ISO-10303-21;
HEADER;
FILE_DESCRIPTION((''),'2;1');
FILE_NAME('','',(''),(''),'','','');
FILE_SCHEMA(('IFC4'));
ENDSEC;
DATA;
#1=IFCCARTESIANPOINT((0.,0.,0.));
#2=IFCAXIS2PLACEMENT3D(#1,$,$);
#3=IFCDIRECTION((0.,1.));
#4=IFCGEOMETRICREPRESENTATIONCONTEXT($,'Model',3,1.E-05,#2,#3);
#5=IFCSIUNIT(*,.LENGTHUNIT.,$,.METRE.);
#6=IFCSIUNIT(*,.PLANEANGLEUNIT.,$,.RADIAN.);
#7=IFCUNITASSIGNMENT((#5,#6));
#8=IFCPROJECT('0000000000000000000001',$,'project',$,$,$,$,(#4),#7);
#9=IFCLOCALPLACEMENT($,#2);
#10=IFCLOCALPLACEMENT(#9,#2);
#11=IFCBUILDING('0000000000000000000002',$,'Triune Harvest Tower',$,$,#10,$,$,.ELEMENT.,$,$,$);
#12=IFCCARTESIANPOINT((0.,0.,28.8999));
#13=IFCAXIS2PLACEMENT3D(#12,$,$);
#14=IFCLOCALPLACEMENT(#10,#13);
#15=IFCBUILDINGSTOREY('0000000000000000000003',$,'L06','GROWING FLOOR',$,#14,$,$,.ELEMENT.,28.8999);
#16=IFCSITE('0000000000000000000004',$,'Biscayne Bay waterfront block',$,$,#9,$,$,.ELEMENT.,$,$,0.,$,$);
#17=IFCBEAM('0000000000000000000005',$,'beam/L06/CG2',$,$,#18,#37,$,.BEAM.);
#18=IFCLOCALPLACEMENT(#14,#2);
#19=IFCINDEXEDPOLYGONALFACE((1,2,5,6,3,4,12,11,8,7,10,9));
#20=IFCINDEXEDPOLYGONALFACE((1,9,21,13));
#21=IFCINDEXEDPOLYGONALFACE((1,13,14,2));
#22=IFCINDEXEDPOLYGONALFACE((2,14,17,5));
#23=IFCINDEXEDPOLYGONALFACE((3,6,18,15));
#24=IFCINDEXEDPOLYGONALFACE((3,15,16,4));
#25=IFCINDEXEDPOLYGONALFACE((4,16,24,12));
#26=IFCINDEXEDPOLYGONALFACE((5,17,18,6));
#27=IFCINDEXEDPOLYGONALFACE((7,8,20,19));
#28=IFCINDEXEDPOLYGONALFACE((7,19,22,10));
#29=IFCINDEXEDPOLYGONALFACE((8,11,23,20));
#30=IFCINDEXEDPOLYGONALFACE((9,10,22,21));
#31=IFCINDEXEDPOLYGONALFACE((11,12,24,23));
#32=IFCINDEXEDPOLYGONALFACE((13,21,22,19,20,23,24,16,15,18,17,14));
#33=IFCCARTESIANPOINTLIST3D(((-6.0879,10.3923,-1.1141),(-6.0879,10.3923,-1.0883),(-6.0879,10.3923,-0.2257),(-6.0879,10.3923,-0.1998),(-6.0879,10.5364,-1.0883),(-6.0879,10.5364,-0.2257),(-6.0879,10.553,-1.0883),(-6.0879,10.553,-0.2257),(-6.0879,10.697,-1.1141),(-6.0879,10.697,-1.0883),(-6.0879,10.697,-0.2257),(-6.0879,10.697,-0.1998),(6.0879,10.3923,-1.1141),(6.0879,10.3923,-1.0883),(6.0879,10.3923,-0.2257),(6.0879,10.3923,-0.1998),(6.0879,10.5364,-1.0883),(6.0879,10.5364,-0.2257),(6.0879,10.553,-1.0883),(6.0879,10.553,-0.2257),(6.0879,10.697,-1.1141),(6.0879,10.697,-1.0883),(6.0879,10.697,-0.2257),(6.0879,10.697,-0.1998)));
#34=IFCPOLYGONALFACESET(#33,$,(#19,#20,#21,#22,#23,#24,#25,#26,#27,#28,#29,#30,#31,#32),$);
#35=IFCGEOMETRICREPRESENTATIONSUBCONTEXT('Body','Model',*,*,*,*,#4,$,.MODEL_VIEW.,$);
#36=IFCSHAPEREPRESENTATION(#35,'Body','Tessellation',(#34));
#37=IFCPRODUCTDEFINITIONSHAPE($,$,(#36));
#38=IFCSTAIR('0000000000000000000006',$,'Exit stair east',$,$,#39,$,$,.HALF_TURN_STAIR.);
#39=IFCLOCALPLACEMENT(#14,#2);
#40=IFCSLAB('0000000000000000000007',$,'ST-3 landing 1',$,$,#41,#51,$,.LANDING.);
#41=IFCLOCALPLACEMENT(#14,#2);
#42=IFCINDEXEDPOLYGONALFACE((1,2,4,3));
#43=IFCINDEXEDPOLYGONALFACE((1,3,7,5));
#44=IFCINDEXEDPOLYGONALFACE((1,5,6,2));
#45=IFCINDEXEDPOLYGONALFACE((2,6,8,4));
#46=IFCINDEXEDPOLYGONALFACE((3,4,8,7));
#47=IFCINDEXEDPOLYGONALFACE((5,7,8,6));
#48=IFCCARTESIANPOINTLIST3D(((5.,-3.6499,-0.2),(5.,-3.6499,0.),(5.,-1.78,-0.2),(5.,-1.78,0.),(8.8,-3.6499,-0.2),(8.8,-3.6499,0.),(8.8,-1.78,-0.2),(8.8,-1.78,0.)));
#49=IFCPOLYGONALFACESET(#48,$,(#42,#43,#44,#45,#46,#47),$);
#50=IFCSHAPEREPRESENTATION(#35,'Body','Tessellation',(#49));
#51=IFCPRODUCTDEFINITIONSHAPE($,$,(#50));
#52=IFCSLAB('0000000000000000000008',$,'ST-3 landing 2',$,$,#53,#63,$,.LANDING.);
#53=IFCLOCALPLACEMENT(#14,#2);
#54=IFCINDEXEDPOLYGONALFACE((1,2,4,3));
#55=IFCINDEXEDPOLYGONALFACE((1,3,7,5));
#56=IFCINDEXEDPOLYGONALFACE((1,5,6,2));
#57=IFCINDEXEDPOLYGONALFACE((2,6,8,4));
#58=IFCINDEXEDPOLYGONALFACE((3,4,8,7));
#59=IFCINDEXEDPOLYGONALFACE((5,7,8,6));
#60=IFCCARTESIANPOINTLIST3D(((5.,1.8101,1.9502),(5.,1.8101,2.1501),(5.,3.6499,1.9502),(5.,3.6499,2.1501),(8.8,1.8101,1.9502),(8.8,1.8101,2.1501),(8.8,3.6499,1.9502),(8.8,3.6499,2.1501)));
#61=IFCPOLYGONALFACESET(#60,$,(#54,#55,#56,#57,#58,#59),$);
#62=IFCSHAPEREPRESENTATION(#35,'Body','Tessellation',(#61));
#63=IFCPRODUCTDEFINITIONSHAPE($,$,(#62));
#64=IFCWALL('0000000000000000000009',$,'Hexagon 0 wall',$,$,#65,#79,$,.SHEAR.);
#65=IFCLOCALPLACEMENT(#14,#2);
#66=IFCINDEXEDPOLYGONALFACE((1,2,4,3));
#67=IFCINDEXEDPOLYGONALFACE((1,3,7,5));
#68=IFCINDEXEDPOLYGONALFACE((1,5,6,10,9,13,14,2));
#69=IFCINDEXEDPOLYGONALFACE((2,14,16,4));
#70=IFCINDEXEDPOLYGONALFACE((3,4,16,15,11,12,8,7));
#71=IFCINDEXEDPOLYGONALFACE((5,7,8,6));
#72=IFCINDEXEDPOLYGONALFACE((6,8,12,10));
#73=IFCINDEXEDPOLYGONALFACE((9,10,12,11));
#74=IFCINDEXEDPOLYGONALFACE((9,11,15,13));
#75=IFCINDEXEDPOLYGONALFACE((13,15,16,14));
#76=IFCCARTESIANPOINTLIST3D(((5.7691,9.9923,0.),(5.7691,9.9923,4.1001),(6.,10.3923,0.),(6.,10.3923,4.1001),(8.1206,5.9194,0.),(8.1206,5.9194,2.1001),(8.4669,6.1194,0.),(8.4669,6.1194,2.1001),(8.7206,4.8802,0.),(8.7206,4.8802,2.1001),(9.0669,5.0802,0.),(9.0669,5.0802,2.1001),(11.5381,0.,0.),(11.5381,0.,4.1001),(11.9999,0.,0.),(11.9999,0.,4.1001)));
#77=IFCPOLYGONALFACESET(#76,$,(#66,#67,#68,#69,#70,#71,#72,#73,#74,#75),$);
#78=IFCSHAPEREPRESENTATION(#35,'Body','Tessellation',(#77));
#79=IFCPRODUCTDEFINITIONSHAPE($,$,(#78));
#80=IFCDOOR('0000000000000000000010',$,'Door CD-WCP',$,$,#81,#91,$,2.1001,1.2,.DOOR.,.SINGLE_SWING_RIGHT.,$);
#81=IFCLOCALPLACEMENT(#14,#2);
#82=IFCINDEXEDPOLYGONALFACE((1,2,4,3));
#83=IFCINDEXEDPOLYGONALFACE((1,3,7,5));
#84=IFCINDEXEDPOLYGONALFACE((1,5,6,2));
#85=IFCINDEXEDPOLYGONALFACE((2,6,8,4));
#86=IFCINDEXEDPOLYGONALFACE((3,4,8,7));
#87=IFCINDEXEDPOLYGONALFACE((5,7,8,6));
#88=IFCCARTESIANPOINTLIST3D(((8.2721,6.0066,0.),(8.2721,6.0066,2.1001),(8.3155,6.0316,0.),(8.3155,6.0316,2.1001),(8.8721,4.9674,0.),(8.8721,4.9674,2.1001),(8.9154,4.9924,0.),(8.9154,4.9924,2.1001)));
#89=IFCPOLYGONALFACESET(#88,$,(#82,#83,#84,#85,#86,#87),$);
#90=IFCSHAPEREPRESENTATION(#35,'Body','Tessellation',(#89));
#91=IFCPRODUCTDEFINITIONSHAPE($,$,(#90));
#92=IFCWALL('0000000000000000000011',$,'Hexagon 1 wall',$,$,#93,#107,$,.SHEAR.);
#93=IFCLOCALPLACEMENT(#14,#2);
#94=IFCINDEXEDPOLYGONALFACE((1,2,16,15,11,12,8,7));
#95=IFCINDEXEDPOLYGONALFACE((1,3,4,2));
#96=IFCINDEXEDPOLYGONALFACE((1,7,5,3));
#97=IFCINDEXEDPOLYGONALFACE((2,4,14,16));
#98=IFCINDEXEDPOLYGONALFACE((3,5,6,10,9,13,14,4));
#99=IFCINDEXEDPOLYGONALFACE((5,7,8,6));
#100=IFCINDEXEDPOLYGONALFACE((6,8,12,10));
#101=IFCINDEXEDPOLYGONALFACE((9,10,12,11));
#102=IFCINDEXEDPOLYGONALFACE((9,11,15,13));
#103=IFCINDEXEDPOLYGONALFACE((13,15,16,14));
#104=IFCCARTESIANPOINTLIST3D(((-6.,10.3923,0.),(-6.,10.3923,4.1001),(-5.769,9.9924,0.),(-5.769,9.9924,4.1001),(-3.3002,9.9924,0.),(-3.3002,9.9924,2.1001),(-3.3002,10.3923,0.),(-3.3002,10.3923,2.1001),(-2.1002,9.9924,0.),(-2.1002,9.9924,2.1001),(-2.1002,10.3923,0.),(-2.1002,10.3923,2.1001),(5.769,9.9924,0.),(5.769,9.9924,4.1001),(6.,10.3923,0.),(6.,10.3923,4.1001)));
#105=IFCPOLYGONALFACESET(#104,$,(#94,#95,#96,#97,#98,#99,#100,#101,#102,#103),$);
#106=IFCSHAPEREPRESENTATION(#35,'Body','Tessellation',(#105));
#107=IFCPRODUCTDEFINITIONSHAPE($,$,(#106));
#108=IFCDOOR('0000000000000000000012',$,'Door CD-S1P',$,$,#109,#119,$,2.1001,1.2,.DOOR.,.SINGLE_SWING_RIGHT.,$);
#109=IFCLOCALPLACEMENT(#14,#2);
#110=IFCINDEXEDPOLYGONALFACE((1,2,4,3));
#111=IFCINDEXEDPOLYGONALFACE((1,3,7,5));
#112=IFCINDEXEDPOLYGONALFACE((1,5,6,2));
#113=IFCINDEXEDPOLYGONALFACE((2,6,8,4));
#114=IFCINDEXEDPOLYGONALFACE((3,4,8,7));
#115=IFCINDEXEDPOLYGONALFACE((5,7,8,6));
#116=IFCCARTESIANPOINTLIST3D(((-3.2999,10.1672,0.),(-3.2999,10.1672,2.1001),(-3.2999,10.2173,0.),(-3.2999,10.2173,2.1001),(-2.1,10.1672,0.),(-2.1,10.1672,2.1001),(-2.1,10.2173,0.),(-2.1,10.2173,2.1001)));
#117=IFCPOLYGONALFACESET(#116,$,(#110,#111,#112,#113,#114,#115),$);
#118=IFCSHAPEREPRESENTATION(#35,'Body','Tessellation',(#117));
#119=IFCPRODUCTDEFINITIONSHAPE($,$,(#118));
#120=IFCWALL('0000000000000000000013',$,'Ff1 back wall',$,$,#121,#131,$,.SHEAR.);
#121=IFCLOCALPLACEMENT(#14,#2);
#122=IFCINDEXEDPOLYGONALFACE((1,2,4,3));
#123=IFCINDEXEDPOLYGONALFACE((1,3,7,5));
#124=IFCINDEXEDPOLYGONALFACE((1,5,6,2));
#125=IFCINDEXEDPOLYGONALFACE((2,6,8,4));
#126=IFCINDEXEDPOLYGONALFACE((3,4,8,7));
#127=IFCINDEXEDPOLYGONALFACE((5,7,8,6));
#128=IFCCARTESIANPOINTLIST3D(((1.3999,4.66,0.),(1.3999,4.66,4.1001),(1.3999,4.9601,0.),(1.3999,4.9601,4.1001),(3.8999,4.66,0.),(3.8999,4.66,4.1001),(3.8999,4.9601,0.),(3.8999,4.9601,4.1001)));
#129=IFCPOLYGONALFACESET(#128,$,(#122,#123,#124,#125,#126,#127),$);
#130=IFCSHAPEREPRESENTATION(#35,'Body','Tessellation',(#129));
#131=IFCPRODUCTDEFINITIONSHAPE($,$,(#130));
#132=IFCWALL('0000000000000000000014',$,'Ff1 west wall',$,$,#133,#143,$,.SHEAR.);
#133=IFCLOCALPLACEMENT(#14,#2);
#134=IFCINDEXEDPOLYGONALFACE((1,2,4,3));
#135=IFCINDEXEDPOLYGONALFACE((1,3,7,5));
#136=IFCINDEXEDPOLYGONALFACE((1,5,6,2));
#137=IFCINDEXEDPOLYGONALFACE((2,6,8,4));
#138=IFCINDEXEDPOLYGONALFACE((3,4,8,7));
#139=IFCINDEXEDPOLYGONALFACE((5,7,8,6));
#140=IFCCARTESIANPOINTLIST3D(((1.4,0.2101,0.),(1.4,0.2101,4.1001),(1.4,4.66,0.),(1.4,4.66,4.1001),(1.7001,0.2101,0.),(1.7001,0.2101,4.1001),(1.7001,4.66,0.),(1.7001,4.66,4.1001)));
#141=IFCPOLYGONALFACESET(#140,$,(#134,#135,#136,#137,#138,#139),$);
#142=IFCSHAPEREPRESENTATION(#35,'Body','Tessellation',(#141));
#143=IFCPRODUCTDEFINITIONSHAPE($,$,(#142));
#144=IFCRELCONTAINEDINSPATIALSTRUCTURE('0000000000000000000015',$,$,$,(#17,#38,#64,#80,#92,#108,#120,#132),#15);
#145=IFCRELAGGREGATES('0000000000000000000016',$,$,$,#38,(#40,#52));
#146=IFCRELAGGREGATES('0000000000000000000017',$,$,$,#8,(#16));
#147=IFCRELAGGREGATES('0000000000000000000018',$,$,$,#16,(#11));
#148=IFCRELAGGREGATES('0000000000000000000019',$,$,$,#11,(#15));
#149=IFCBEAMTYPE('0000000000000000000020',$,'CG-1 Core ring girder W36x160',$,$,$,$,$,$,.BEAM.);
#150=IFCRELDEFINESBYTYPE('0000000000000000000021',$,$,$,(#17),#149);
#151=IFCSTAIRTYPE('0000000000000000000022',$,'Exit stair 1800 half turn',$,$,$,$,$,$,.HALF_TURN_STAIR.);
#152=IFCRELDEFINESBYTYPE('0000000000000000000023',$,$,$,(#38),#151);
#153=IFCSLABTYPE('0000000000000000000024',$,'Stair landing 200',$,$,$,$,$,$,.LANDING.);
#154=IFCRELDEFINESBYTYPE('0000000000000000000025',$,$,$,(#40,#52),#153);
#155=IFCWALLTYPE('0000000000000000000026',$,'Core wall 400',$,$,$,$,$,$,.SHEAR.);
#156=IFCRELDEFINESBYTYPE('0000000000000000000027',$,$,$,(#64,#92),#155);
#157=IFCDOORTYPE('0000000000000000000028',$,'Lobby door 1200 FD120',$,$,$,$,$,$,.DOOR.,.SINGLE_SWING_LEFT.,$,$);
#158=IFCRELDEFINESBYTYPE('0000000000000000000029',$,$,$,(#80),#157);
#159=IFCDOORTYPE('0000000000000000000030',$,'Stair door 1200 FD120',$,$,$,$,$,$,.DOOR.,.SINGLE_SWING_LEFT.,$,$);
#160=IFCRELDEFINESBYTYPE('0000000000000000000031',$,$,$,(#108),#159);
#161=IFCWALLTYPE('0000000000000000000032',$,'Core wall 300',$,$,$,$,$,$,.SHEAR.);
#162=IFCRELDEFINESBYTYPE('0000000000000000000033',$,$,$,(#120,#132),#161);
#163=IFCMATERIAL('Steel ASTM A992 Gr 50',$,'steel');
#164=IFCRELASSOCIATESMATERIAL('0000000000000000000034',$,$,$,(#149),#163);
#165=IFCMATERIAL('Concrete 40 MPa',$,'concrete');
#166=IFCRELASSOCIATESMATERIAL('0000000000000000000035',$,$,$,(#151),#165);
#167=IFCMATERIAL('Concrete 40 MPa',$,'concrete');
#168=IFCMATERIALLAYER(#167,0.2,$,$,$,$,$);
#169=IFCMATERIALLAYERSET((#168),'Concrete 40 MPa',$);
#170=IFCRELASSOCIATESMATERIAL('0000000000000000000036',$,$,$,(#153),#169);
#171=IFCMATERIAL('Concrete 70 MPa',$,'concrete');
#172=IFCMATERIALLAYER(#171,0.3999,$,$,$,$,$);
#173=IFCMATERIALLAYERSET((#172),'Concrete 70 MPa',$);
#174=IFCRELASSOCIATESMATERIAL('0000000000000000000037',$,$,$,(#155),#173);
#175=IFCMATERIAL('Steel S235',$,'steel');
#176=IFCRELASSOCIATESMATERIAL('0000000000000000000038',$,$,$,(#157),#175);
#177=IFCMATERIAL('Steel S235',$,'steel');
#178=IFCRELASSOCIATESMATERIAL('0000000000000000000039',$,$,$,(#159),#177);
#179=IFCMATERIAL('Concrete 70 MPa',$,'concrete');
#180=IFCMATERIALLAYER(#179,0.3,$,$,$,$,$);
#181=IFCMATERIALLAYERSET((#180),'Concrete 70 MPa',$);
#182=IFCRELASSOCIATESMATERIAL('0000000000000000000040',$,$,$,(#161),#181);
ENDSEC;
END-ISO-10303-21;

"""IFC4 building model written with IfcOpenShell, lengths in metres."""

from ifc_helpers import new_model, si_unit, direction, frame, frame_2d, origin, origin_2d, place, context, subcontext, project, spatial, polyline, rectangle, i_section, outline, extrude, source, transform, mapped, material, layer, layer_set, material_profile, profile_set, type_object, element, fill, aggregate, save


model = new_model("IFC4")

# Units and contexts
model_context = context("Model", 3, precision=1e-05, world=origin(), true_north=direction((0.0, 1.0)))
body_context = subcontext(model_context, "Body", "Model", "MODEL_VIEW")
ifc_project = project(units=[si_unit("LENGTHUNIT", "METRE"), si_unit("PLANEANGLEUNIT", "RADIAN")], contexts=[model_context])

# Site, building, storey
site_placement = place(None, origin())
site = spatial("IfcSite", under=ifc_project, at=site_placement, Name="Biscayne Bay waterfront block", CompositionType="ELEMENT", RefElevation=0.0)
building_placement = place(site_placement, origin())
building = spatial("IfcBuilding", under=site, at=building_placement, Name="Triune Harvest Tower", CompositionType="ELEMENT")
storey_placement = place(building_placement, frame((0.0, 0.0, 28.8999)))
storey = spatial("IfcBuildingStorey", under=building, at=storey_placement, Name="L06", Description="GROWING FLOOR", CompositionType="ELEMENT", Elevation=28.8999)

# Beam
ifc_material_1 = material(Name="Steel ASTM A992 Gr 50", Category="steel")
ifc_material_profile = material_profile(ifc_material_1, i_section(OverallWidth=0.3047, OverallDepth=0.9143, WebThickness=0.0166, FlangeThickness=0.0259, at=origin_2d()), Name="W36x160")
ifc_profile_set = profile_set([ifc_material_profile], Name="Steel ASTM A992 Gr 50")
beam_type = type_object("IfcBeamType", Name="CG-1 Core ring girder W36x160", PredefinedType="BEAM", material=ifc_profile_set)
shared_shape_1 = source(origin(), body_context, "Body", "SweptSolid", [
    extrude(i_section(OverallWidth=0.3047, OverallDepth=0.9143, WebThickness=0.0166, FlangeThickness=0.0259, at=origin_2d()), origin(), (0.0, 0.0, 1.0), 12.1758),
])
beam_placement = place(storey_placement, frame((6.0879, 10.5447, -0.657), z_axis=(-1.0, 0.0, 0.0), x_axis=(0.0, -1.0, 0.0)))
element("IfcBeam", 1, at=beam_placement, inside=storey, type_object=beam_type, Name="beam/L06/CG2", PredefinedType="BEAM", context=body_context, shape_type="MappedRepresentation", body=[
    mapped(shared_shape_1, transform((0.0, 0.0, 0.0), scale=1.0)),
])

# Stair, slabs
ifc_material_2 = material(Name="Concrete 40 MPa", Category="concrete")
stair_type = type_object("IfcStairType", Name="Exit stair 1800 half turn", PredefinedType="HALF_TURN_STAIR", material=ifc_material_2)
stair_1_placement = place(storey_placement, origin())
stair_1 = element("IfcStair", 2, at=stair_1_placement, inside=storey, type_object=stair_type, Name="Exit stair east", PredefinedType="HALF_TURN_STAIR")
ifc_material_3 = material(Name="Concrete 40 MPa", Category="concrete")
ifc_layer_1 = layer(ifc_material_3, 0.2)
ifc_layer_set_1 = layer_set([ifc_layer_1], Name="Concrete 40 MPa")
slab_type = type_object("IfcSlabType", Name="Stair landing 200", PredefinedType="LANDING", material=ifc_layer_set_1)
shared_shape_2 = source(origin(), body_context, "Body", "SweptSolid", [
    extrude(outline(polyline([(8.8, -3.6499), (8.8, -1.78), (5.0, -1.78), (5.0, -3.6499), (8.8, -3.6499)])), origin(), (0.0, 0.0, 1.0), 0.2),
])
slab_1_placement = place(storey_placement, frame((0.0, 0.0, -0.2)))
slab_1 = element("IfcSlab", 3, at=slab_1_placement, type_object=slab_type, Name="ST-3 landing 1", PredefinedType="LANDING", context=body_context, shape_type="MappedRepresentation", body=[
    mapped(shared_shape_2, transform((0.0, 0.0, 0.0), scale=1.0)),
])
shared_shape_3 = source(origin(), body_context, "Body", "SweptSolid", [
    extrude(outline(polyline([(8.8, 1.8101), (8.8, 3.6499), (5.0, 3.6499), (5.0, 1.8101), (8.8, 1.8101)])), origin(), (0.0, 0.0, 1.0), 0.2),
])
slab_2_placement = place(storey_placement, frame((0.0, 0.0, 1.9502)))
slab_2 = element("IfcSlab", 4, at=slab_2_placement, type_object=slab_type, Name="ST-3 landing 2", PredefinedType="LANDING", context=body_context, shape_type="MappedRepresentation", body=[
    mapped(shared_shape_3, transform((0.0, 0.0, 0.0), scale=1.0)),
])

# Walls, openings, doors
ifc_material_4 = material(Name="Concrete 70 MPa", Category="concrete")
ifc_layer_2 = layer(ifc_material_4, 0.3999)
ifc_layer_set_2 = layer_set([ifc_layer_2], Name="Concrete 70 MPa")
wall_type_1 = type_object("IfcWallType", Name="Core wall 400", PredefinedType="SHEAR", material=ifc_layer_set_2)
shared_shape_4 = source(origin(), body_context, "Body", "SweptSolid", [
    extrude(outline(polyline([(-0.1155, -0.2), (11.8845, -0.2), (11.6536, 0.2), (0.1155, 0.2), (-0.1155, -0.2)])), origin(), (0.0, 0.0, 1.0), 4.1001),
])
wall_1_placement = place(storey_placement, frame((11.769, 0.0, 0.0), z_axis=(0.0, 0.0, 1.0), x_axis=(-0.499997, 0.866027, 0.0)))
wall_1 = element("IfcWall", 5, at=wall_1_placement, inside=storey, type_object=wall_type_1, Name="Hexagon 0 wall", PredefinedType="SHEAR", context=body_context, shape_type="MappedRepresentation", body=[
    mapped(shared_shape_4, transform((0.0, 0.0, 0.0), scale=1.0)),
])
opening_1_placement = place(wall_1_placement, frame((5.7505, 0.0, 0.0)))
opening_1 = element("IfcOpeningElement", 6, at=opening_1_placement, cuts=wall_1, PredefinedType="OPENING", context=body_context, shape_type="SweptSolid", body=[
    extrude(rectangle(XDim=1.2, YDim=2.1001, at=frame_2d((0.6001, 1.05))), frame((0.0, 0.21, 0.0), z_axis=(0.0, -1.0, 0.0), x_axis=(1.0, 0.0, 0.0)), (0.0, 0.0, 1.0), 0.4199),
])
ifc_material_5 = material(Name="Steel S235", Category="steel")
door_type_1 = type_object("IfcDoorType", Name="Lobby door 1200 FD120", OperationType="SINGLE_SWING_LEFT", PredefinedType="DOOR", material=ifc_material_5)
door_1_placement = place(opening_1_placement, frame((1.2, 0.0, 0.0), z_axis=(0.0, 0.0, 1.0), x_axis=(-1.0, 0.0, 0.0)))
door_1 = element("IfcDoor", 7, at=door_1_placement, inside=storey, type_object=door_type_1, Name="Door CD-WCP", OperationType="SINGLE_SWING_RIGHT", OverallHeight=2.1001, OverallWidth=1.2, PredefinedType="DOOR", context=body_context, shape_type="SweptSolid", body=[
    extrude(rectangle(XDim=1.2, YDim=2.1001, at=frame_2d((0.6001, 1.05))), frame((0.0, 0.0249, 0.0), z_axis=(0.0, -1.0, 0.0), x_axis=(1.0, 0.0, 0.0)), (0.0, 0.0, 1.0), 0.05),
])
fill(opening_1, door_1)
wall_2_placement = place(storey_placement, frame((5.8845, 10.1924, 0.0), z_axis=(0.0, 0.0, 1.0), x_axis=(-1.0, 0.0, 0.0)))
wall_2 = element("IfcWall", 8, at=wall_2_placement, inside=storey, type_object=wall_type_1, Name="Hexagon 1 wall", PredefinedType="SHEAR", context=body_context, shape_type="MappedRepresentation", body=[
    mapped(shared_shape_4, transform((0.0, 0.0, 0.0), scale=1.0)),
])
opening_2_placement = place(wall_2_placement, frame((7.9846, 0.0, 0.0)))
opening_2 = element("IfcOpeningElement", 9, at=opening_2_placement, cuts=wall_2, PredefinedType="OPENING", context=body_context, shape_type="SweptSolid", body=[
    extrude(rectangle(XDim=1.2, YDim=2.1001, at=frame_2d((0.6001, 1.05))), frame((0.0, 0.21, 0.0), z_axis=(0.0, -1.0, 0.0), x_axis=(1.0, 0.0, 0.0)), (0.0, 0.0, 1.0), 0.4199),
])
ifc_material_6 = material(Name="Steel S235", Category="steel")
door_type_2 = type_object("IfcDoorType", Name="Stair door 1200 FD120", OperationType="SINGLE_SWING_LEFT", PredefinedType="DOOR", material=ifc_material_6)
door_2_placement = place(opening_2_placement, frame((1.2, 0.0, 0.0), z_axis=(0.0, 0.0, 1.0), x_axis=(-1.0, 0.0, 0.0)))
door_2 = element("IfcDoor", 10, at=door_2_placement, inside=storey, type_object=door_type_2, Name="Door CD-S1P", OperationType="SINGLE_SWING_RIGHT", OverallHeight=2.1001, OverallWidth=1.2, PredefinedType="DOOR", context=body_context, shape_type="SweptSolid", body=[
    extrude(rectangle(XDim=1.2, YDim=2.1001, at=frame_2d((0.6001, 1.05))), frame((0.0, 0.0249, 0.0), z_axis=(0.0, -1.0, 0.0), x_axis=(1.0, 0.0, 0.0)), (0.0, 0.0, 1.0), 0.05),
])
fill(opening_2, door_2)

# Walls
ifc_material_7 = material(Name="Concrete 70 MPa", Category="concrete")
ifc_layer_3 = layer(ifc_material_7, 0.3)
ifc_layer_set_3 = layer_set([ifc_layer_3], Name="Concrete 70 MPa")
wall_type_2 = type_object("IfcWallType", Name="Core wall 300", PredefinedType="SHEAR", material=ifc_layer_set_3)
shared_shape_5 = source(origin(), body_context, "Body", "SweptSolid", [
    extrude(rectangle(XDim=2.5, YDim=0.3, at=frame_2d((1.25, 0.0))), origin(), (0.0, 0.0, 1.0), 4.1001),
])
wall_3_placement = place(storey_placement, frame((1.3999, 4.8101, 0.0), z_axis=(0.0, 0.0, 1.0), x_axis=(1.0, 0.0, 0.0)))
element("IfcWall", 11, at=wall_3_placement, inside=storey, type_object=wall_type_2, Name="Ff1 back wall", PredefinedType="SHEAR", context=body_context, shape_type="MappedRepresentation", body=[
    mapped(shared_shape_5, transform((0.0, 0.0, 0.0), scale=1.0)),
])
shared_shape_6 = source(origin(), body_context, "Body", "SweptSolid", [
    extrude(rectangle(XDim=4.45, YDim=0.3, at=frame_2d((2.2251, 0.0))), origin(), (0.0, 0.0, 1.0), 4.1001),
])
wall_4_placement = place(storey_placement, frame((1.55, 0.21, 0.0), z_axis=(0.0, 0.0, 1.0), x_axis=(0.0, 1.0, 0.0)))
element("IfcWall", 12, at=wall_4_placement, inside=storey, type_object=wall_type_2, Name="Ff1 west wall", PredefinedType="SHEAR", context=body_context, shape_type="MappedRepresentation", body=[
    mapped(shared_shape_6, transform((0.0, 0.0, 0.0), scale=1.0)),
])

aggregate(stair_1, [slab_1, slab_2])

save(model, "model.ifc")
